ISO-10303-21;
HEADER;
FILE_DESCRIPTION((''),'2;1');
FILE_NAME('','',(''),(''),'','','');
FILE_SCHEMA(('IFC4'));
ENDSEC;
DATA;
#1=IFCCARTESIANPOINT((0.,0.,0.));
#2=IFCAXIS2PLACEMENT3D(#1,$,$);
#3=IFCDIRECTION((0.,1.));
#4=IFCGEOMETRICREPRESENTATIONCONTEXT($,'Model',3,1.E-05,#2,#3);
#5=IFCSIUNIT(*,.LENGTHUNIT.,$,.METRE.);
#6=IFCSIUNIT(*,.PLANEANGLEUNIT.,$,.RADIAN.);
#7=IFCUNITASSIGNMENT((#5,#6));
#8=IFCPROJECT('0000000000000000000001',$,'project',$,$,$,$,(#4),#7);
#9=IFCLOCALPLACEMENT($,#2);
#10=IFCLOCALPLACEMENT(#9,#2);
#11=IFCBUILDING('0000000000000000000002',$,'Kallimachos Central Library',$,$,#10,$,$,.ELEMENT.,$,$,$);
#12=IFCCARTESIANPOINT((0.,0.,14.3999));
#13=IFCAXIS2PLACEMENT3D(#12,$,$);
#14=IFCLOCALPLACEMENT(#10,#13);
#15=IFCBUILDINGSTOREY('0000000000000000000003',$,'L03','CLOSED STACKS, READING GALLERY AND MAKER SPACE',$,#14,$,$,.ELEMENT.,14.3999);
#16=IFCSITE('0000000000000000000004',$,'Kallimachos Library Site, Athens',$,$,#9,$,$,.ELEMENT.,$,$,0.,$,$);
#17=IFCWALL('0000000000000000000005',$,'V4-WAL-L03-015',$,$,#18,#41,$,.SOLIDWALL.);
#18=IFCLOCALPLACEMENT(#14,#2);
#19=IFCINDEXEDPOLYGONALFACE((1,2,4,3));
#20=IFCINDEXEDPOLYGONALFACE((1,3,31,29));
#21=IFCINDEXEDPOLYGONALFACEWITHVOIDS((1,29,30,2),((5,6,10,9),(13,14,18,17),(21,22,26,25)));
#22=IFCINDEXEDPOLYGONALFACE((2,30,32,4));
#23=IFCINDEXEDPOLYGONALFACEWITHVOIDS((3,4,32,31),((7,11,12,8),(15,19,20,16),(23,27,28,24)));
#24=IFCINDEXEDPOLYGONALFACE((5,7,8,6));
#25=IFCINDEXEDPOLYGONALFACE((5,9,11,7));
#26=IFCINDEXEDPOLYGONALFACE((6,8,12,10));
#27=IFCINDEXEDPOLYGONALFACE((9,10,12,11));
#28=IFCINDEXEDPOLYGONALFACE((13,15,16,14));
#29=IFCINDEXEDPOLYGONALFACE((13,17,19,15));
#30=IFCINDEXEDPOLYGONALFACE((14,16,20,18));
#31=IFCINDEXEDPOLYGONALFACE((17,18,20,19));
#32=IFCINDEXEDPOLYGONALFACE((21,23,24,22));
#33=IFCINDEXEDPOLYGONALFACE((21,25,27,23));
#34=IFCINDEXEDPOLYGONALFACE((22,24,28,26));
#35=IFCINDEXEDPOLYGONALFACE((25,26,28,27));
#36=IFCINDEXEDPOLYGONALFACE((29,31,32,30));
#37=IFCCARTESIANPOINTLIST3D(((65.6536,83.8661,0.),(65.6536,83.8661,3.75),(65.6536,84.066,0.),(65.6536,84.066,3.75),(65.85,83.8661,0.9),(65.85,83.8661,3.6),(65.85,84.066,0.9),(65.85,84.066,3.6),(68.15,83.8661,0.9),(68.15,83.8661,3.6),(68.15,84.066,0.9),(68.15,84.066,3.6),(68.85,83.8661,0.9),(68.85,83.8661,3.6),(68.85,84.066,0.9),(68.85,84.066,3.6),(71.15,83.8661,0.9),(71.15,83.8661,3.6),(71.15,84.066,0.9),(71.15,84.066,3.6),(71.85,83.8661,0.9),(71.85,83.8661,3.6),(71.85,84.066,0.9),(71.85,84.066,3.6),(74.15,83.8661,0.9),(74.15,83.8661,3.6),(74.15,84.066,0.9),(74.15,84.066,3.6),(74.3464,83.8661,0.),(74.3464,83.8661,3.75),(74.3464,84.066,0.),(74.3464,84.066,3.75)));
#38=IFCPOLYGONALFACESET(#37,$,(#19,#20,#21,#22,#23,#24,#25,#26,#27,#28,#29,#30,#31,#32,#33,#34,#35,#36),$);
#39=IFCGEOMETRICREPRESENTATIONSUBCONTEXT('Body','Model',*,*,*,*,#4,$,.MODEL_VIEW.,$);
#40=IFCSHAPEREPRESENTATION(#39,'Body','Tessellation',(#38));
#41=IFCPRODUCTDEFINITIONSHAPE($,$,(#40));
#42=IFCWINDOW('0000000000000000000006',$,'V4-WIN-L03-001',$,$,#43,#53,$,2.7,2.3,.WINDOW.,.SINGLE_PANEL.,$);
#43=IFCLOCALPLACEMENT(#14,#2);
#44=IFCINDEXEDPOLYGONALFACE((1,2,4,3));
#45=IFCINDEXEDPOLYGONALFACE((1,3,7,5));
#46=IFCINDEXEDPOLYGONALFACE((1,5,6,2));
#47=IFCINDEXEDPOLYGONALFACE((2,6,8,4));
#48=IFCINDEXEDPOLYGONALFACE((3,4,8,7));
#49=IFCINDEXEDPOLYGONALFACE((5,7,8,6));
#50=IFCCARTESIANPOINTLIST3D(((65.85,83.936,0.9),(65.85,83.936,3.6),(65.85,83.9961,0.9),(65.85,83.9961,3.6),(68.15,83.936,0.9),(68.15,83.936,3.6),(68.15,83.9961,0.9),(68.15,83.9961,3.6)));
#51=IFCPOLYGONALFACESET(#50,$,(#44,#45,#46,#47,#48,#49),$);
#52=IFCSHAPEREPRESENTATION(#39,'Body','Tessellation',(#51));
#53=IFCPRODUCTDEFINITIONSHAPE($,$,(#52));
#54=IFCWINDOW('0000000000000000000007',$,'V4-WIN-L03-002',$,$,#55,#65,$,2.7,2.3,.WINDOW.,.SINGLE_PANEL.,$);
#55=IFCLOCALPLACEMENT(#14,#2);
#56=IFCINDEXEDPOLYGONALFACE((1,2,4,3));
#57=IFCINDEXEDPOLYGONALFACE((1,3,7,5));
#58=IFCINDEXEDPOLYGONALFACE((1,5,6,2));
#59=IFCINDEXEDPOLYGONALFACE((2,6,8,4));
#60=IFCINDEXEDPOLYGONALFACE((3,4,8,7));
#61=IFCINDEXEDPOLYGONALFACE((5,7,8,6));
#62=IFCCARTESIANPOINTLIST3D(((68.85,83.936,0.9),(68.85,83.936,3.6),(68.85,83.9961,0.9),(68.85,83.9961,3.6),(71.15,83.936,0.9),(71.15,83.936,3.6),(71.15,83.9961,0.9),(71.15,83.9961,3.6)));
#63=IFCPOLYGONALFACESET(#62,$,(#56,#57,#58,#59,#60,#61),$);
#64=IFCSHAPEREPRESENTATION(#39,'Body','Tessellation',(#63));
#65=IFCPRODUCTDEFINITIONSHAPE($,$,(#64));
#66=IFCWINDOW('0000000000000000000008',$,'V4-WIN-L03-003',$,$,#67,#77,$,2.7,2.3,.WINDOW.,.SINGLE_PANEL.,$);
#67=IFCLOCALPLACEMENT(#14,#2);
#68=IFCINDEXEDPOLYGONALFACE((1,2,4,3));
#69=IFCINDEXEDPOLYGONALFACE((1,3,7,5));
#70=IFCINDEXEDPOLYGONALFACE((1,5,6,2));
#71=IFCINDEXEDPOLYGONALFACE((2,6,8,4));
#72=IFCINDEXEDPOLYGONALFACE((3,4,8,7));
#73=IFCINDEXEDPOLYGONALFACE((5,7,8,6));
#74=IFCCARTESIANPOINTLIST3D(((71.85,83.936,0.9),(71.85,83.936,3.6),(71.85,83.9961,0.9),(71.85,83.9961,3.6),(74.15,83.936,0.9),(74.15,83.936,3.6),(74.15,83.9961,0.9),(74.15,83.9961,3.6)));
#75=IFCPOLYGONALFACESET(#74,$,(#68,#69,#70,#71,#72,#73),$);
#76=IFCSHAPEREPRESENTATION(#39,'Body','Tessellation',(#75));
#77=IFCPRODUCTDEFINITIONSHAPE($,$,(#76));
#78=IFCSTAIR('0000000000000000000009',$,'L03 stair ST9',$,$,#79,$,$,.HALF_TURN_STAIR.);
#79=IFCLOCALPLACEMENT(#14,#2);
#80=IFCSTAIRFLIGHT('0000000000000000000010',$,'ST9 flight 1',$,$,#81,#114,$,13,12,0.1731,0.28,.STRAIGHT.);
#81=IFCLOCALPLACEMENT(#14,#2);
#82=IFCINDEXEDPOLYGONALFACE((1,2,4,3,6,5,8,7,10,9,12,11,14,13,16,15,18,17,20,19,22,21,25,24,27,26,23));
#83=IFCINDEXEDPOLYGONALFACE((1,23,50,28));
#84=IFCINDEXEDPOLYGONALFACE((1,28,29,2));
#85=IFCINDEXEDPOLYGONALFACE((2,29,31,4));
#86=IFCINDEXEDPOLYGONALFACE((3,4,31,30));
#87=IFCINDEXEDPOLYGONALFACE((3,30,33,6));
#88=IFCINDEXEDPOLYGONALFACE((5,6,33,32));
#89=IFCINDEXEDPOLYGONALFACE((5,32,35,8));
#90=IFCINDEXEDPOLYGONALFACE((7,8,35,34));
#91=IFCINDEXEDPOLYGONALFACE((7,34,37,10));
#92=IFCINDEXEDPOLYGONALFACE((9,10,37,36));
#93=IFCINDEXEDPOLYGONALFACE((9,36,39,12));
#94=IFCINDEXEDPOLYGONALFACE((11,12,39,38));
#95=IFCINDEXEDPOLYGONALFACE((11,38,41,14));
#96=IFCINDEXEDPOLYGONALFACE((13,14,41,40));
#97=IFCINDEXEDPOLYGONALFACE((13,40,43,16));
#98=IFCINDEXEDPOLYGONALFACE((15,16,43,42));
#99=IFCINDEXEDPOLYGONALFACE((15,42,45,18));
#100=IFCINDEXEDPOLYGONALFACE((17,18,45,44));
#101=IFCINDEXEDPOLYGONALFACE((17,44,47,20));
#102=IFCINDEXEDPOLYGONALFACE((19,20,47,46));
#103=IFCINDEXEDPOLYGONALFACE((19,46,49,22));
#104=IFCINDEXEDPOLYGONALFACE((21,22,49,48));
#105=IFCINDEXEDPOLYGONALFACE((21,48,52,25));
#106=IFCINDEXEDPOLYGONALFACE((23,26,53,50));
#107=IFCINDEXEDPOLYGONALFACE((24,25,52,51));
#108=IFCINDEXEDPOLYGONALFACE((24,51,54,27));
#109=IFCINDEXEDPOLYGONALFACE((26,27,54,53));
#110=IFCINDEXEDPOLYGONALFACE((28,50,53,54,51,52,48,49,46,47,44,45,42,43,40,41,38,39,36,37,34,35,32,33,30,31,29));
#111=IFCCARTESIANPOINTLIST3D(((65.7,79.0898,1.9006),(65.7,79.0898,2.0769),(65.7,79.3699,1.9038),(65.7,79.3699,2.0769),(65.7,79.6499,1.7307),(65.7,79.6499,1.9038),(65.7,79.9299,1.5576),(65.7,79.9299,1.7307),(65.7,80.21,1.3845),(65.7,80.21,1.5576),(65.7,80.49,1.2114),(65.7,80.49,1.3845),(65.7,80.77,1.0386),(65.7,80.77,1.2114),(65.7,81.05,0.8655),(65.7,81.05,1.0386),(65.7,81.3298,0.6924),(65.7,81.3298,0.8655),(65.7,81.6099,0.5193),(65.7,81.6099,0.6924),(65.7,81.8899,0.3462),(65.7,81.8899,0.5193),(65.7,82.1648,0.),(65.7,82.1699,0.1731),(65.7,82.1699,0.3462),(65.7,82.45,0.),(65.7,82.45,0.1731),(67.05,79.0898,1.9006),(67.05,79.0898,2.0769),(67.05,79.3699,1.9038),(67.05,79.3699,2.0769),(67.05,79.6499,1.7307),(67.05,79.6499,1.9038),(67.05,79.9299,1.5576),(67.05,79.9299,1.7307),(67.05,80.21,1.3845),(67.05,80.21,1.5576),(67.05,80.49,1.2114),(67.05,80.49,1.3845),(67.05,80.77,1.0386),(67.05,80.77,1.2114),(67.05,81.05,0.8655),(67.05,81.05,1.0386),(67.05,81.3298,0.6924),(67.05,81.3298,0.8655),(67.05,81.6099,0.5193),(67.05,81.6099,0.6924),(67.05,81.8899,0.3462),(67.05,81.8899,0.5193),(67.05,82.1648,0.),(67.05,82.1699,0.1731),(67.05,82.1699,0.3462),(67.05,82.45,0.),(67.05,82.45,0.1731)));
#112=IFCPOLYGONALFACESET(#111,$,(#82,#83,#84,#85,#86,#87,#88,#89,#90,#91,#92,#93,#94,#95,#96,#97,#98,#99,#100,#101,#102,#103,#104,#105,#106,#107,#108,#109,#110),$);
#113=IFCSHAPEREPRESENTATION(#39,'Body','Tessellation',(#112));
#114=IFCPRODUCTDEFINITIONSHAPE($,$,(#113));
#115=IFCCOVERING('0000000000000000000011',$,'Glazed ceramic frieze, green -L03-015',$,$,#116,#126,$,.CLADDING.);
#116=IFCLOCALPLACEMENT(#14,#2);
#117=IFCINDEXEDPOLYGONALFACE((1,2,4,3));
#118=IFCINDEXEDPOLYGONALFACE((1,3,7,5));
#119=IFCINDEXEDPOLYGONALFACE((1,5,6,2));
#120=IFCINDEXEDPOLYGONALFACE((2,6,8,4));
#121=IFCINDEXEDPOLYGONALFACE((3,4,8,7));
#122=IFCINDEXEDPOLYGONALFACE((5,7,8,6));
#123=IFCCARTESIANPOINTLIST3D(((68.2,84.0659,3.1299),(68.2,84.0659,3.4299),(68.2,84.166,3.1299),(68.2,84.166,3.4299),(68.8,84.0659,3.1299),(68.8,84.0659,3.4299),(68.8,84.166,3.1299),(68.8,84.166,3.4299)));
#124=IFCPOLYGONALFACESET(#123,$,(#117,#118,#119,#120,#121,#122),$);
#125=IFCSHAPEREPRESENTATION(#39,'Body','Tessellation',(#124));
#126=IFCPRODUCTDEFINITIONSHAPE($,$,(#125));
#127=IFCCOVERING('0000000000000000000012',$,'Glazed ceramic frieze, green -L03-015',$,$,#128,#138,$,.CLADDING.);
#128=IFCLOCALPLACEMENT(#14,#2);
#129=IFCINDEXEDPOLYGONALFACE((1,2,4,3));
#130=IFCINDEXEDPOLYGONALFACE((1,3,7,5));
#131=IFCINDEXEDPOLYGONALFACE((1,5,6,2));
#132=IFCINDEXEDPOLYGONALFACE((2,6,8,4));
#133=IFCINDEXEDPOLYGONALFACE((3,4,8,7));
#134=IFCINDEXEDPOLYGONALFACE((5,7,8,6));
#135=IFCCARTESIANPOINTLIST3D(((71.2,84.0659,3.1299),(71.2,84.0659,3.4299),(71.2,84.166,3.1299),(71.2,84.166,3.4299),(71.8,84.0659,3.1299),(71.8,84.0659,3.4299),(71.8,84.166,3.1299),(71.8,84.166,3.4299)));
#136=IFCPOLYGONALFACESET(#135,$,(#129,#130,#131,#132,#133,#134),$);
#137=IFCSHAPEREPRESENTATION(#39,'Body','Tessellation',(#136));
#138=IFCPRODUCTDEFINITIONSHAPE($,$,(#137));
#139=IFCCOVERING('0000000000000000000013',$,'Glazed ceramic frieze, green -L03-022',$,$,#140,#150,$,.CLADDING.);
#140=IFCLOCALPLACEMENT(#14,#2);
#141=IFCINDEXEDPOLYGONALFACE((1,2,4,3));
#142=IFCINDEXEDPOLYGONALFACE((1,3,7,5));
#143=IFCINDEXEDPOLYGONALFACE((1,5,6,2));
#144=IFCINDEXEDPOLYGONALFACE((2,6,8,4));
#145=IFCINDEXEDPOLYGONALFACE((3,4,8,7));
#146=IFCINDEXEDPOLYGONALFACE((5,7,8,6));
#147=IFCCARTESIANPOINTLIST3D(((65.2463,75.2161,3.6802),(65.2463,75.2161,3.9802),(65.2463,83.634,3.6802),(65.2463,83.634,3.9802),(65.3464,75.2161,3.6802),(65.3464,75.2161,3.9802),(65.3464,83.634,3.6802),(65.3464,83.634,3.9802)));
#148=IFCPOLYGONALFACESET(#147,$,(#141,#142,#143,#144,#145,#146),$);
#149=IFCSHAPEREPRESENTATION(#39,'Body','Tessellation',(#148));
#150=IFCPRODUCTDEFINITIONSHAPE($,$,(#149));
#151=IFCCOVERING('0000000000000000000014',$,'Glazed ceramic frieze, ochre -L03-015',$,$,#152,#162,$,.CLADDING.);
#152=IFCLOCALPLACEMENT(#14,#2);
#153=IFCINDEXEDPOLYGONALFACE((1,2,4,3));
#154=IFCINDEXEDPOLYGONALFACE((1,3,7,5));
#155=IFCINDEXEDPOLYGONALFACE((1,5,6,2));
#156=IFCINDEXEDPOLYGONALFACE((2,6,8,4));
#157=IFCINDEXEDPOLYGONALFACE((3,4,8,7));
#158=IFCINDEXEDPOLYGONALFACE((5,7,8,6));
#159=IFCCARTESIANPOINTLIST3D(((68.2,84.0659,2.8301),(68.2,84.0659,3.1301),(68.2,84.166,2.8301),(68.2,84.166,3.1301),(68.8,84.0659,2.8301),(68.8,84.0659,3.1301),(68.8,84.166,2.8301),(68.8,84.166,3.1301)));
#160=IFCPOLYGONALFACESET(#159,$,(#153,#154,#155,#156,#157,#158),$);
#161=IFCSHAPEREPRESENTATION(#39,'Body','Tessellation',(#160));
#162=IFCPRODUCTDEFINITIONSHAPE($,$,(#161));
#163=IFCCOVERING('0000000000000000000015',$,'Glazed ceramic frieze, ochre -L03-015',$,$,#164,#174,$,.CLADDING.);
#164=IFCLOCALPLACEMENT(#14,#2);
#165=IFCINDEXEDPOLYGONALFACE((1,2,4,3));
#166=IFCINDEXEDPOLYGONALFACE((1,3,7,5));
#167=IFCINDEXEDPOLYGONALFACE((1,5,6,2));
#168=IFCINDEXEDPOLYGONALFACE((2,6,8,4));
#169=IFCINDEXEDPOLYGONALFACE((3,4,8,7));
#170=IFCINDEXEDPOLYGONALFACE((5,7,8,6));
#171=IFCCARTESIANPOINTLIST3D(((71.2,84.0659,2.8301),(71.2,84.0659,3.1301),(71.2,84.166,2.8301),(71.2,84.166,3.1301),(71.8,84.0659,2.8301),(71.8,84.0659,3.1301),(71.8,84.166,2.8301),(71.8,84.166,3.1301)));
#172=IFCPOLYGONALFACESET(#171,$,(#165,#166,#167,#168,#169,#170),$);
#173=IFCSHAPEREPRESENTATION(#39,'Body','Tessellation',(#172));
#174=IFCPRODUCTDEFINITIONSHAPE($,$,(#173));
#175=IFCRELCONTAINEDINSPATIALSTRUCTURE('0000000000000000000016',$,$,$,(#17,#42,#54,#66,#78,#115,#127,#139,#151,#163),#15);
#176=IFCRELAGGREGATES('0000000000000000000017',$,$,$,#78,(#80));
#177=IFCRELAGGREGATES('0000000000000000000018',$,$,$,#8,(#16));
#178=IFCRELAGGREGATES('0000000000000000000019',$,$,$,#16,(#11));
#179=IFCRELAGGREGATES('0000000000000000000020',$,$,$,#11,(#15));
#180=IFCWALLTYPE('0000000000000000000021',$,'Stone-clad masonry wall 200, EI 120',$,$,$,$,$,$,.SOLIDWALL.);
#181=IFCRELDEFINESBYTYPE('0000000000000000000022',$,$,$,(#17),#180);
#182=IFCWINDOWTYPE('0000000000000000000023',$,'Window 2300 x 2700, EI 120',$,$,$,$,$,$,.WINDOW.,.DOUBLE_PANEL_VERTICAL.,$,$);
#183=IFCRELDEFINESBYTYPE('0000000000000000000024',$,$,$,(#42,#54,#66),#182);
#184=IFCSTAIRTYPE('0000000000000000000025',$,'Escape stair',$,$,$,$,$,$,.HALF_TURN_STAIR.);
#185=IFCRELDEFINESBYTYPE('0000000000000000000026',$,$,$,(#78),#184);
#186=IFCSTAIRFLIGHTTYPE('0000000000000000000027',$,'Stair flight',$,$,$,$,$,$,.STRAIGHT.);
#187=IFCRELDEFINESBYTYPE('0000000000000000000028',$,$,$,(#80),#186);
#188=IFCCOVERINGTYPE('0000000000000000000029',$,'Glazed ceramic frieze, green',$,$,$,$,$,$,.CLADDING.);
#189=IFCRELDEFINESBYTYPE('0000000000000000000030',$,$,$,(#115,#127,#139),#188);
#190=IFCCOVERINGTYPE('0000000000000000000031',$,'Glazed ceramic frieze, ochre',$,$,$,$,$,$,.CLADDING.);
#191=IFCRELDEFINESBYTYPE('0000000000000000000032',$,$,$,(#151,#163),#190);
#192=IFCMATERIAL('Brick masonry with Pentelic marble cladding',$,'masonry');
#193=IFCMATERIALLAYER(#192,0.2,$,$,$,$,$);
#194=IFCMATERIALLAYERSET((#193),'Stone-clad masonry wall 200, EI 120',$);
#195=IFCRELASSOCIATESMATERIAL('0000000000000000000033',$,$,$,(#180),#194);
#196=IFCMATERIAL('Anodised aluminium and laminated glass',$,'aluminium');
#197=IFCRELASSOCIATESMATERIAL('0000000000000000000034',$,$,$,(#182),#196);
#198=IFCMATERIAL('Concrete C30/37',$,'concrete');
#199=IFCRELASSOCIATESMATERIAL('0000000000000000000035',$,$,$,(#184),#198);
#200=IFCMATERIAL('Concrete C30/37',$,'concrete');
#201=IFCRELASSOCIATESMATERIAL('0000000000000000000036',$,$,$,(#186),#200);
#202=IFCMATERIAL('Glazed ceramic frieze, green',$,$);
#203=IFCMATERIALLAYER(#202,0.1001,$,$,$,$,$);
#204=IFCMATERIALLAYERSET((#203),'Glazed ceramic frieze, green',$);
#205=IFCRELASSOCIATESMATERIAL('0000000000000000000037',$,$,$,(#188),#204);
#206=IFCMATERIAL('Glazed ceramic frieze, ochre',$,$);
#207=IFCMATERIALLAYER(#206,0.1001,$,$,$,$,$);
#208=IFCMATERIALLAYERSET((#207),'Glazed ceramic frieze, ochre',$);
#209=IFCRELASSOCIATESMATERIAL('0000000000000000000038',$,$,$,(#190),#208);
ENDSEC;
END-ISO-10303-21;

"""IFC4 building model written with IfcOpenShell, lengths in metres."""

from ifc_helpers import new_model, si_unit, direction, frame, frame_2d, origin, origin_2d, place, context, subcontext, project, spatial, polyline, rectangle, outline, extrude, material, layer, layer_set, type_object, element, fill, aggregate, save


model = new_model("IFC4")

# Units and contexts
model_context = context("Model", 3, precision=1e-05, world=origin(), true_north=direction((0.0, 1.0)))
body_context = subcontext(model_context, "Body", "Model", "MODEL_VIEW")
ifc_project = project(units=[si_unit("LENGTHUNIT", "METRE"), si_unit("PLANEANGLEUNIT", "RADIAN")], contexts=[model_context])

# Site, building, storey
site_placement = place(None, origin())
site = spatial("IfcSite", under=ifc_project, at=site_placement, Name="Kallimachos Library Site, Athens", CompositionType="ELEMENT", RefElevation=0.0)
building_placement = place(site_placement, origin())
building = spatial("IfcBuilding", under=site, at=building_placement, Name="Kallimachos Central Library", CompositionType="ELEMENT")
storey_placement = place(building_placement, frame((0.0, 0.0, 14.3999)))
storey = spatial("IfcBuildingStorey", under=building, at=storey_placement, Name="L03", Description="CLOSED STACKS, READING GALLERY AND MAKER SPACE", CompositionType="ELEMENT", Elevation=14.3999)

# Wall, openings, windows
ifc_material_1 = material(Name="Brick masonry with Pentelic marble cladding", Category="masonry")
ifc_layer_1 = layer(ifc_material_1, 0.2)
ifc_layer_set_1 = layer_set([ifc_layer_1], Name="Stone-clad masonry wall 200, EI 120")
wall_type = type_object("IfcWallType", Name="Stone-clad masonry wall 200, EI 120", PredefinedType="SOLIDWALL", material=ifc_layer_set_1)
wall_placement = place(storey_placement, frame((65.6536, 83.9661, 0.0), z_axis=(0.0, 0.0, 1.0), x_axis=(1.0, 0.0, 0.0)))
wall = element("IfcWall", 1, at=wall_placement, inside=storey, type_object=wall_type, Name="V4-WAL-L03-015", PredefinedType="SOLIDWALL", context=body_context, shape_type="SweptSolid", body=[
    extrude(rectangle(XDim=8.6929, YDim=0.2, at=frame_2d((4.3464, 0.0))), origin(), (0.0, 0.0, 1.0), 3.75),
])
opening_1_placement = place(wall_placement, frame((0.1965, 0.0, 0.8999)))
opening_1 = element("IfcOpeningElement", 2, at=opening_1_placement, cuts=wall, PredefinedType="OPENING", context=body_context, shape_type="SweptSolid", body=[
    extrude(rectangle(XDim=2.3, YDim=2.7, at=frame_2d((1.1499, 1.3501))), frame((0.0, 0.1099, 0.0), z_axis=(0.0, -1.0, 0.0), x_axis=(1.0, 0.0, 0.0)), (0.0, 0.0, 1.0), 0.22),
])
opening_2_placement = place(wall_placement, frame((3.1965, 0.0, 0.8999)))
opening_2 = element("IfcOpeningElement", 3, at=opening_2_placement, cuts=wall, PredefinedType="OPENING", context=body_context, shape_type="SweptSolid", body=[
    extrude(rectangle(XDim=2.3, YDim=2.7, at=frame_2d((1.1499, 1.3501))), frame((0.0, 0.1099, 0.0), z_axis=(0.0, -1.0, 0.0), x_axis=(1.0, 0.0, 0.0)), (0.0, 0.0, 1.0), 0.22),
])
opening_3_placement = place(wall_placement, frame((6.1965, 0.0, 0.8999)))
opening_3 = element("IfcOpeningElement", 4, at=opening_3_placement, cuts=wall, PredefinedType="OPENING", context=body_context, shape_type="SweptSolid", body=[
    extrude(rectangle(XDim=2.3, YDim=2.7, at=frame_2d((1.1499, 1.3501))), frame((0.0, 0.1099, 0.0), z_axis=(0.0, -1.0, 0.0), x_axis=(1.0, 0.0, 0.0)), (0.0, 0.0, 1.0), 0.22),
])
ifc_material_2 = material(Name="Anodised aluminium and laminated glass", Category="aluminium")
window_type = type_object("IfcWindowType", Name="Window 2300 x 2700, EI 120", PartitioningType="DOUBLE_PANEL_VERTICAL", PredefinedType="WINDOW", material=ifc_material_2)
window_1_placement = place(opening_1_placement, origin())
window_1 = element("IfcWindow", 5, at=window_1_placement, inside=storey, type_object=window_type, Name="V4-WIN-L03-001", OverallHeight=2.7, OverallWidth=2.3, PartitioningType="SINGLE_PANEL", PredefinedType="WINDOW", context=body_context, shape_type="SweptSolid", body=[
    extrude(rectangle(XDim=2.3, YDim=2.7, at=frame_2d((1.1499, 1.3501))), frame((0.0, 0.03, 0.0), z_axis=(0.0, -1.0, 0.0), x_axis=(1.0, 0.0, 0.0)), (0.0, 0.0, 1.0), 0.0601),
])
fill(opening_1, window_1)
window_2_placement = place(opening_2_placement, origin())
window_2 = element("IfcWindow", 6, at=window_2_placement, inside=storey, type_object=window_type, Name="V4-WIN-L03-002", OverallHeight=2.7, OverallWidth=2.3, PartitioningType="SINGLE_PANEL", PredefinedType="WINDOW", context=body_context, shape_type="SweptSolid", body=[
    extrude(rectangle(XDim=2.3, YDim=2.7, at=frame_2d((1.1499, 1.3501))), frame((0.0, 0.03, 0.0), z_axis=(0.0, -1.0, 0.0), x_axis=(1.0, 0.0, 0.0)), (0.0, 0.0, 1.0), 0.0601),
])
fill(opening_2, window_2)
window_3_placement = place(opening_3_placement, origin())
window_3 = element("IfcWindow", 7, at=window_3_placement, inside=storey, type_object=window_type, Name="V4-WIN-L03-003", OverallHeight=2.7, OverallWidth=2.3, PartitioningType="SINGLE_PANEL", PredefinedType="WINDOW", context=body_context, shape_type="SweptSolid", body=[
    extrude(rectangle(XDim=2.3, YDim=2.7, at=frame_2d((1.1499, 1.3501))), frame((0.0, 0.03, 0.0), z_axis=(0.0, -1.0, 0.0), x_axis=(1.0, 0.0, 0.0)), (0.0, 0.0, 1.0), 0.0601),
])
fill(opening_3, window_3)

# Stair, stair flight
ifc_material_3 = material(Name="Concrete C30/37", Category="concrete")
stair_type = type_object("IfcStairType", Name="Escape stair", PredefinedType="HALF_TURN_STAIR", material=ifc_material_3)
stair_placement = place(storey_placement, origin())
stair = element("IfcStair", 8, at=stair_placement, inside=storey, type_object=stair_type, Name="L03 stair ST9", PredefinedType="HALF_TURN_STAIR")
ifc_material_4 = material(Name="Concrete C30/37", Category="concrete")
stair_flight_type = type_object("IfcStairFlightType", Name="Stair flight", PredefinedType="STRAIGHT", material=ifc_material_4)
stair_flight_placement = place(storey_placement, frame((66.375, 82.45, 0.0), z_axis=(0.0, 0.0, 1.0), x_axis=(0.0, -1.0, 0.0)))
stair_flight = element("IfcStairFlight", 9, at=stair_flight_placement, type_object=stair_flight_type, Name="ST9 flight 1", NumberOfRisers=13, NumberOfTreads=12, PredefinedType="STRAIGHT", RiserHeight=0.1731, TreadLength=0.28, context=body_context, shape_type="SweptSolid", body=[
    extrude(outline(polyline([(0.0, 0.0), (0.0, 0.1731), (0.28, 0.1731), (0.28, 0.3462), (0.5601, 0.3462), (0.5601, 0.5193), (0.8401, 0.5193), (0.8401, 0.6924), (1.1201, 0.6924), (1.1201, 0.8655), (1.3999, 0.8655), (1.3999, 1.0386), (1.6799, 1.0386), (1.6799, 1.2114), (1.96, 1.2114), (1.96, 1.3845), (2.24, 1.3845), (2.24, 1.5576), (2.52, 1.5576), (2.52, 1.7307), (2.8, 1.7307), (2.8, 1.9038), (3.0801, 1.9038), (3.0801, 2.0769), (3.3601, 2.0769), (3.3601, 2.25), (3.3601, 1.9006), (0.2852, 0.0), (0.0, 0.0)])), frame((0.0, 0.675, 0.0), z_axis=(0.0, -1.0, 0.0), x_axis=(1.0, 0.0, 0.0)), (0.0, 0.0, 1.0), 1.3501),
])
aggregate(stair, [stair_flight])

# Coverings
ifc_material_5 = material(Name="Glazed ceramic frieze, green")
ifc_layer_2 = layer(ifc_material_5, 0.1001)
ifc_layer_set_2 = layer_set([ifc_layer_2], Name="Glazed ceramic frieze, green")
covering_type_1 = type_object("IfcCoveringType", Name="Glazed ceramic frieze, green", PredefinedType="CLADDING", material=ifc_layer_set_2)
for number, where, z_axis, x_axis, name in (
    (10, (68.5, 84.116, 3.1299), (0.0, 0.0, 1.0), (1.0, 0.0, 0.0), "Glazed ceramic frieze, green -L03-015"),
    (11, (71.5, 84.116, 3.1299), (0.0, 0.0, 1.0), (1.0, 0.0, 0.0), "Glazed ceramic frieze, green -L03-015"),
):
    element("IfcCovering", number, at=place(storey_placement, frame(where, z_axis=z_axis, x_axis=x_axis)), inside=storey, type_object=covering_type_1, Name=name, PredefinedType="CLADDING", context=body_context, shape_type="SweptSolid", body=[
        extrude(rectangle(XDim=0.6001, YDim=0.1001, at=origin_2d()), origin(), (0.0, 0.0, 1.0), 0.3),
    ])
covering_1_placement = place(storey_placement, frame((65.2964, 79.425, 3.6802), z_axis=(0.0, 0.0, 1.0), x_axis=(1.0, 0.0, 0.0)))
element("IfcCovering", 12, at=covering_1_placement, inside=storey, type_object=covering_type_1, Name="Glazed ceramic frieze, green -L03-022", PredefinedType="CLADDING", context=body_context, shape_type="SweptSolid", body=[
    extrude(rectangle(XDim=0.1001, YDim=8.418, at=origin_2d()), origin(), (0.0, 0.0, 1.0), 0.3),
])
ifc_material_6 = material(Name="Glazed ceramic frieze, ochre")
ifc_layer_3 = layer(ifc_material_6, 0.1001)
ifc_layer_set_3 = layer_set([ifc_layer_3], Name="Glazed ceramic frieze, ochre")
covering_type_2 = type_object("IfcCoveringType", Name="Glazed ceramic frieze, ochre", PredefinedType="CLADDING", material=ifc_layer_set_3)
for number, where, z_axis, x_axis, name in (
    (13, (68.5, 84.116, 2.8301), (0.0, 0.0, 1.0), (1.0, 0.0, 0.0), "Glazed ceramic frieze, ochre -L03-015"),
    (14, (71.5, 84.116, 2.8301), (0.0, 0.0, 1.0), (1.0, 0.0, 0.0), "Glazed ceramic frieze, ochre -L03-015"),
):
    element("IfcCovering", number, at=place(storey_placement, frame(where, z_axis=z_axis, x_axis=x_axis)), inside=storey, type_object=covering_type_2, Name=name, PredefinedType="CLADDING", context=body_context, shape_type="SweptSolid", body=[
        extrude(rectangle(XDim=0.6001, YDim=0.1001, at=origin_2d()), origin(), (0.0, 0.0, 1.0), 0.3),
    ])

save(model, "model.ifc")
